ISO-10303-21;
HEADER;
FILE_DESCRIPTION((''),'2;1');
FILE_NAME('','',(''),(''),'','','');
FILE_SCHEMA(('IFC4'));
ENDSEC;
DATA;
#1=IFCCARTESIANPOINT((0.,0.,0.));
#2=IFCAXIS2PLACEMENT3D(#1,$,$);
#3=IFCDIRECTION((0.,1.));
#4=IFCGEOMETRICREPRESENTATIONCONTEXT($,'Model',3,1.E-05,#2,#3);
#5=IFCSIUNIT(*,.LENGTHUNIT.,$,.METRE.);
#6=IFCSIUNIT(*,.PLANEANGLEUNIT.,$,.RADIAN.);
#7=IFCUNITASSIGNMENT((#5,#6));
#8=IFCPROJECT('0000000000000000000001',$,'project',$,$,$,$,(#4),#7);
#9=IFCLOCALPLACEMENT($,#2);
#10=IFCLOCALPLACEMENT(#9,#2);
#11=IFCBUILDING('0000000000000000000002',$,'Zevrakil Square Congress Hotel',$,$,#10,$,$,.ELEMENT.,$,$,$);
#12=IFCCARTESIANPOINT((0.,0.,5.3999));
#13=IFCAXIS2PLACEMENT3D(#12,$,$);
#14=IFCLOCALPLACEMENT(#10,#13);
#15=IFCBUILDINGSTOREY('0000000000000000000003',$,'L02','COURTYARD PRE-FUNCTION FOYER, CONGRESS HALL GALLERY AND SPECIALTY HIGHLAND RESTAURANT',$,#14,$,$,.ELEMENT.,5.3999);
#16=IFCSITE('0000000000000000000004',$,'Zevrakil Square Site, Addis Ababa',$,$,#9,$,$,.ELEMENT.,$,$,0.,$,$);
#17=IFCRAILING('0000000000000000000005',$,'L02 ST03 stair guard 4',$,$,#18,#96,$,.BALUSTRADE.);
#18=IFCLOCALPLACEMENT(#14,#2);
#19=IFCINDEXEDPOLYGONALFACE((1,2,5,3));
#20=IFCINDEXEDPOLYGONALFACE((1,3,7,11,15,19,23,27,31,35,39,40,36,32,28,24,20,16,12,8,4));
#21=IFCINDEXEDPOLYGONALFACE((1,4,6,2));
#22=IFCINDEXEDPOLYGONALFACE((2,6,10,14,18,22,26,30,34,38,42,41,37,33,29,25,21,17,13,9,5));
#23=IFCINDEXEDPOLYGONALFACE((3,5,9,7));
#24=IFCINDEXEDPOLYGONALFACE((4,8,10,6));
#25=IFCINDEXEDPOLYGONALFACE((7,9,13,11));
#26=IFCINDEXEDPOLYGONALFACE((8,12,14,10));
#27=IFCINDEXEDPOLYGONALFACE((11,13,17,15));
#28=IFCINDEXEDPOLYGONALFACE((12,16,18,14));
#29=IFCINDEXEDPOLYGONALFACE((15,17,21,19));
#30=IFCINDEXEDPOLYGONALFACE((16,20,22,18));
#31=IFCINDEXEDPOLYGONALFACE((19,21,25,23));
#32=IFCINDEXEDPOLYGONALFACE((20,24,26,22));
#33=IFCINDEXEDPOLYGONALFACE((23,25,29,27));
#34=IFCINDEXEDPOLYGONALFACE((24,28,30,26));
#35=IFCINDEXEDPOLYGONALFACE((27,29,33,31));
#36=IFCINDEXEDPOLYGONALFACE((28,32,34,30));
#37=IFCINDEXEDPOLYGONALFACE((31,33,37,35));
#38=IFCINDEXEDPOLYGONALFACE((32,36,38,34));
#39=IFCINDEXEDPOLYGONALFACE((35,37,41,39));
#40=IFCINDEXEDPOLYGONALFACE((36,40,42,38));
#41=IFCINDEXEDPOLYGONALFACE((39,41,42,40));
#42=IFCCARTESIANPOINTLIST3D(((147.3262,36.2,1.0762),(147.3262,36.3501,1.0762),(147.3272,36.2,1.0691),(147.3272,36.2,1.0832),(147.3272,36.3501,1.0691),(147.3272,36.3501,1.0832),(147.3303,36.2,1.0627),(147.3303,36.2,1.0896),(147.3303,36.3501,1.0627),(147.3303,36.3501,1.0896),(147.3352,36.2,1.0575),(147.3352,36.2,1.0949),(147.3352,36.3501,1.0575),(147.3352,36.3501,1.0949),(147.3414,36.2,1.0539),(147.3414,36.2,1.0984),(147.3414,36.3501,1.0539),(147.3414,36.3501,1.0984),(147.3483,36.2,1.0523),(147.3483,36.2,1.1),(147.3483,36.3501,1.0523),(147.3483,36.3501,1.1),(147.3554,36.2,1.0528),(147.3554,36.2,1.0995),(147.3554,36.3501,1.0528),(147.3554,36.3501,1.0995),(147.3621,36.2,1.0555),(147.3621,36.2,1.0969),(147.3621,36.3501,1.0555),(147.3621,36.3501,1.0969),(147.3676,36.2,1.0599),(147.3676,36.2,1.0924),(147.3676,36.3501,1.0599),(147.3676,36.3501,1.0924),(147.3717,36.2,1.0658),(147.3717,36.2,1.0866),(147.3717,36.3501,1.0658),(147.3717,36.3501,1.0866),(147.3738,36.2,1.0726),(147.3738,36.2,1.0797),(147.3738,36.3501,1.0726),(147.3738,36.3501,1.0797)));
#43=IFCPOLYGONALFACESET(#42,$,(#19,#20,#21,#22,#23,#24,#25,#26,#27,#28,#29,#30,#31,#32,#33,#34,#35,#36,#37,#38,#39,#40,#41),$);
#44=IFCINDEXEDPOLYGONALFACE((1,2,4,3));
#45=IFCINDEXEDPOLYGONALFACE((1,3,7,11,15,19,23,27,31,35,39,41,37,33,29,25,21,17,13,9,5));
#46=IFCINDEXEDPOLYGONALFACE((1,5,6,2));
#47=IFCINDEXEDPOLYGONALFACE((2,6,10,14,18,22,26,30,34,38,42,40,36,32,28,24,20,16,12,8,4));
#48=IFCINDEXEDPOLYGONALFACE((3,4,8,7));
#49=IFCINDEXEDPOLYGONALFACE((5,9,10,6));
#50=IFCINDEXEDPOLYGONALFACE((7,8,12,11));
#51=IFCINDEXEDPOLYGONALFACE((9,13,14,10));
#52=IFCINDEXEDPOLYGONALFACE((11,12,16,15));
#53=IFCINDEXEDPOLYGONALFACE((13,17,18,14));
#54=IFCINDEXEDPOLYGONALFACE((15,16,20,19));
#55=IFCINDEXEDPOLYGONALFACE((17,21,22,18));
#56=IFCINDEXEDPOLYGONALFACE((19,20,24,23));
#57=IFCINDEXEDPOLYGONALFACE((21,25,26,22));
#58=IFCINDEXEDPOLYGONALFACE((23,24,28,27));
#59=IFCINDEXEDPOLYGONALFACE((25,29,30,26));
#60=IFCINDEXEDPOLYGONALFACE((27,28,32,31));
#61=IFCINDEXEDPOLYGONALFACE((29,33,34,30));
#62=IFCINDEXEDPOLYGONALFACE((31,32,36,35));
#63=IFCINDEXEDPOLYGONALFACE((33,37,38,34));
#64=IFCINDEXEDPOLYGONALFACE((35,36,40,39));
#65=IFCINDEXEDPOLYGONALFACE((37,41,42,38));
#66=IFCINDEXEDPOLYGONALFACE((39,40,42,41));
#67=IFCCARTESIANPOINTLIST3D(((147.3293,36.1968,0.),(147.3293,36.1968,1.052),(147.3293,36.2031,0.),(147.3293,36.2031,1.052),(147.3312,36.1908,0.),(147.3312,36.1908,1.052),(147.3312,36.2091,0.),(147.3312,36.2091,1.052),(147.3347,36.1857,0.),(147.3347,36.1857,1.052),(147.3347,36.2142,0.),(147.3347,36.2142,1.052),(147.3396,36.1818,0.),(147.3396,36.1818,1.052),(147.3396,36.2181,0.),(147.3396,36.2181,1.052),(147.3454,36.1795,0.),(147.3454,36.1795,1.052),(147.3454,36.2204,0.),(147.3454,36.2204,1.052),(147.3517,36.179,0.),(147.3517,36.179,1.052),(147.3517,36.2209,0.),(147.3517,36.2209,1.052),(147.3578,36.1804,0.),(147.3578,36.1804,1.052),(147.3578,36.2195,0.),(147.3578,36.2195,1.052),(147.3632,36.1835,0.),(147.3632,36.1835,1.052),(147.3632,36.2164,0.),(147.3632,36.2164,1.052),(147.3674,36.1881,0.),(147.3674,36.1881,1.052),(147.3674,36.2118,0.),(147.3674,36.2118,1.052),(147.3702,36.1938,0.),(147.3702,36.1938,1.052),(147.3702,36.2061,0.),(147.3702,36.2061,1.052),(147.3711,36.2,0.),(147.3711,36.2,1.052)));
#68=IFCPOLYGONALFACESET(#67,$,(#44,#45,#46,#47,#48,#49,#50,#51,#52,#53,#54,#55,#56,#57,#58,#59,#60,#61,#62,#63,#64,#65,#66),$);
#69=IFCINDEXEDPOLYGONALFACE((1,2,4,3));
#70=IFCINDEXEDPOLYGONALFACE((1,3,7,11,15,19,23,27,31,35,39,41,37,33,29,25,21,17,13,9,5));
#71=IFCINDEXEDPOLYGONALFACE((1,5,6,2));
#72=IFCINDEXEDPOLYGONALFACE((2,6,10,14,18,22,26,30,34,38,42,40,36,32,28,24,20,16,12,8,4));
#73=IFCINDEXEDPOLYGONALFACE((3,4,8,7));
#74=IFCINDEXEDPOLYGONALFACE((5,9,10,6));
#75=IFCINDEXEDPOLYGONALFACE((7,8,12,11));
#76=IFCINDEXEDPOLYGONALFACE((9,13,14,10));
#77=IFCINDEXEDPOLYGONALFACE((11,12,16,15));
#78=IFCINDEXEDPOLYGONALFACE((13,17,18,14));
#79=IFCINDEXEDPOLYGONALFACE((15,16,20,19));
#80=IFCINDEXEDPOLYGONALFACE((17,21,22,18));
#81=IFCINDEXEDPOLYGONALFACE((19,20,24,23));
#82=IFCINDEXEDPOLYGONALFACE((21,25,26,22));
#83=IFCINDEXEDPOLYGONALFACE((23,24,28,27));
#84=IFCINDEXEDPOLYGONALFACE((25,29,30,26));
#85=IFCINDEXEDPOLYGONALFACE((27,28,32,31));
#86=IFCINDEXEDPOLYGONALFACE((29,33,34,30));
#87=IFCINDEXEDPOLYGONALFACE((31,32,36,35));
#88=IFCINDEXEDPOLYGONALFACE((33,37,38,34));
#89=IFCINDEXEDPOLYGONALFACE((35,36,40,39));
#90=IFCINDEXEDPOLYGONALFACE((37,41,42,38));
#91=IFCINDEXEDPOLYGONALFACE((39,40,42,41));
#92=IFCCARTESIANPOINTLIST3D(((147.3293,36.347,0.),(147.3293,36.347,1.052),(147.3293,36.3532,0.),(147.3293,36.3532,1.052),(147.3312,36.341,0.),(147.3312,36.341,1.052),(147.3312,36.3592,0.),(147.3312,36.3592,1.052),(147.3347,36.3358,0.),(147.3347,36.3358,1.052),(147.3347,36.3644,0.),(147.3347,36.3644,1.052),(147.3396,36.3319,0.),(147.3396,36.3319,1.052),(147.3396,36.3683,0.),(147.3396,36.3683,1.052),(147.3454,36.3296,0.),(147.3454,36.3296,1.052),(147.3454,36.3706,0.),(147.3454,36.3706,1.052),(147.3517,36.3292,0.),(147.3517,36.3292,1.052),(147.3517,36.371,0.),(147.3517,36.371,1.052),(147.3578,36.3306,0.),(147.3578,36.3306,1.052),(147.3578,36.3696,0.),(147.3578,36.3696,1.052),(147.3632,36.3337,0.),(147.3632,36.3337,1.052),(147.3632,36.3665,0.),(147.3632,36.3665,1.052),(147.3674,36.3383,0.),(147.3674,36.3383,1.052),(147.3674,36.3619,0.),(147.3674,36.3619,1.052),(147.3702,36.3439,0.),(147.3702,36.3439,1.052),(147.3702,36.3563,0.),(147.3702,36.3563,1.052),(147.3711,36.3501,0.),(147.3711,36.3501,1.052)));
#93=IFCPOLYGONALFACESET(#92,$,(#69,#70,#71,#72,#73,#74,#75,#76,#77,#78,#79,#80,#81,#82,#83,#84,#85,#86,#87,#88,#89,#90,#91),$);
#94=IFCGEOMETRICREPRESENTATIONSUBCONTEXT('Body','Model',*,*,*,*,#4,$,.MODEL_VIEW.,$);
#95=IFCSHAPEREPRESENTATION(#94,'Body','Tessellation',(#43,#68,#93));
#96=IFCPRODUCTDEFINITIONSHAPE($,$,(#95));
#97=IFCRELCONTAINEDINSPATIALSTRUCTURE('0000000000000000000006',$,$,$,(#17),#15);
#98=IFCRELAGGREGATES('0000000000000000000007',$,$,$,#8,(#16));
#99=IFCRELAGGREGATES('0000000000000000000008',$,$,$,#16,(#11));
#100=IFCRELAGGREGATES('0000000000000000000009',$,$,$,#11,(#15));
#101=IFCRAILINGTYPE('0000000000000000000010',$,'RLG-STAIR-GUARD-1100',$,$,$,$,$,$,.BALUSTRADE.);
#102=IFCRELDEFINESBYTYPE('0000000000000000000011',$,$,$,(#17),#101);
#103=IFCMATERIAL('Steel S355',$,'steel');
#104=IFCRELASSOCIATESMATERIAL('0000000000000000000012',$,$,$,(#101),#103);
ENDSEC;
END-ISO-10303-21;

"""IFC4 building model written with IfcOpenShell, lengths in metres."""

from ifc_helpers import new_model, si_unit, direction, frame, origin, origin_2d, place, context, subcontext, project, spatial, circle, extrude, material, type_object, element, save


model = new_model("IFC4")

# Units and contexts
model_context = context("Model", 3, precision=1e-05, world=origin(), true_north=direction((0.0, 1.0)))
body_context = subcontext(model_context, "Body", "Model", "MODEL_VIEW")
ifc_project = project(units=[si_unit("LENGTHUNIT", "METRE"), si_unit("PLANEANGLEUNIT", "RADIAN")], contexts=[model_context])

# Site, building, storey
site_placement = place(None, origin())
site = spatial("IfcSite", under=ifc_project, at=site_placement, Name="Zevrakil Square Site, Addis Ababa", CompositionType="ELEMENT", RefElevation=0.0)
building_placement = place(site_placement, origin())
building = spatial("IfcBuilding", under=site, at=building_placement, Name="Zevrakil Square Congress Hotel", CompositionType="ELEMENT")
storey_placement = place(building_placement, frame((0.0, 0.0, 5.3999)))
storey = spatial("IfcBuildingStorey", under=building, at=storey_placement, Name="L02", Description="COURTYARD PRE-FUNCTION FOYER, CONGRESS HALL GALLERY AND SPECIALTY HIGHLAND RESTAURANT", CompositionType="ELEMENT", Elevation=5.3999)

# Railing
ifc_material_1 = material(Name="Steel S355", Category="steel")
railing_type_1 = type_object("IfcRailingType", Name="RLG-STAIR-GUARD-1100", PredefinedType="BALUSTRADE", material=ifc_material_1)
railing_1_placement = place(storey_placement, frame((147.3501, 36.2, 0.0)))
element("IfcRailing", 1, at=railing_1_placement, inside=storey, type_object=railing_type_1, Name="L02 ST03 stair guard 4", PredefinedType="BALUSTRADE", context=body_context, shape_type="SweptSolid", body=[
    extrude(circle(Radius=0.0239, at=origin_2d()), frame((0.0, 0.0, 1.0762), z_axis=(0.0, 1.0, 0.0), x_axis=(-1.0, 0.0, 0.0)), (0.0, 0.0, 1.0), 0.1501),
    extrude(circle(Radius=0.021, at=origin_2d()), origin(), (0.0, 0.0, 1.0), 1.052),
    extrude(circle(Radius=0.021, at=origin_2d()), frame((0.0, 0.1501, 0.0)), (0.0, 0.0, 1.0), 1.052),
])

save(model, "model.ifc")
